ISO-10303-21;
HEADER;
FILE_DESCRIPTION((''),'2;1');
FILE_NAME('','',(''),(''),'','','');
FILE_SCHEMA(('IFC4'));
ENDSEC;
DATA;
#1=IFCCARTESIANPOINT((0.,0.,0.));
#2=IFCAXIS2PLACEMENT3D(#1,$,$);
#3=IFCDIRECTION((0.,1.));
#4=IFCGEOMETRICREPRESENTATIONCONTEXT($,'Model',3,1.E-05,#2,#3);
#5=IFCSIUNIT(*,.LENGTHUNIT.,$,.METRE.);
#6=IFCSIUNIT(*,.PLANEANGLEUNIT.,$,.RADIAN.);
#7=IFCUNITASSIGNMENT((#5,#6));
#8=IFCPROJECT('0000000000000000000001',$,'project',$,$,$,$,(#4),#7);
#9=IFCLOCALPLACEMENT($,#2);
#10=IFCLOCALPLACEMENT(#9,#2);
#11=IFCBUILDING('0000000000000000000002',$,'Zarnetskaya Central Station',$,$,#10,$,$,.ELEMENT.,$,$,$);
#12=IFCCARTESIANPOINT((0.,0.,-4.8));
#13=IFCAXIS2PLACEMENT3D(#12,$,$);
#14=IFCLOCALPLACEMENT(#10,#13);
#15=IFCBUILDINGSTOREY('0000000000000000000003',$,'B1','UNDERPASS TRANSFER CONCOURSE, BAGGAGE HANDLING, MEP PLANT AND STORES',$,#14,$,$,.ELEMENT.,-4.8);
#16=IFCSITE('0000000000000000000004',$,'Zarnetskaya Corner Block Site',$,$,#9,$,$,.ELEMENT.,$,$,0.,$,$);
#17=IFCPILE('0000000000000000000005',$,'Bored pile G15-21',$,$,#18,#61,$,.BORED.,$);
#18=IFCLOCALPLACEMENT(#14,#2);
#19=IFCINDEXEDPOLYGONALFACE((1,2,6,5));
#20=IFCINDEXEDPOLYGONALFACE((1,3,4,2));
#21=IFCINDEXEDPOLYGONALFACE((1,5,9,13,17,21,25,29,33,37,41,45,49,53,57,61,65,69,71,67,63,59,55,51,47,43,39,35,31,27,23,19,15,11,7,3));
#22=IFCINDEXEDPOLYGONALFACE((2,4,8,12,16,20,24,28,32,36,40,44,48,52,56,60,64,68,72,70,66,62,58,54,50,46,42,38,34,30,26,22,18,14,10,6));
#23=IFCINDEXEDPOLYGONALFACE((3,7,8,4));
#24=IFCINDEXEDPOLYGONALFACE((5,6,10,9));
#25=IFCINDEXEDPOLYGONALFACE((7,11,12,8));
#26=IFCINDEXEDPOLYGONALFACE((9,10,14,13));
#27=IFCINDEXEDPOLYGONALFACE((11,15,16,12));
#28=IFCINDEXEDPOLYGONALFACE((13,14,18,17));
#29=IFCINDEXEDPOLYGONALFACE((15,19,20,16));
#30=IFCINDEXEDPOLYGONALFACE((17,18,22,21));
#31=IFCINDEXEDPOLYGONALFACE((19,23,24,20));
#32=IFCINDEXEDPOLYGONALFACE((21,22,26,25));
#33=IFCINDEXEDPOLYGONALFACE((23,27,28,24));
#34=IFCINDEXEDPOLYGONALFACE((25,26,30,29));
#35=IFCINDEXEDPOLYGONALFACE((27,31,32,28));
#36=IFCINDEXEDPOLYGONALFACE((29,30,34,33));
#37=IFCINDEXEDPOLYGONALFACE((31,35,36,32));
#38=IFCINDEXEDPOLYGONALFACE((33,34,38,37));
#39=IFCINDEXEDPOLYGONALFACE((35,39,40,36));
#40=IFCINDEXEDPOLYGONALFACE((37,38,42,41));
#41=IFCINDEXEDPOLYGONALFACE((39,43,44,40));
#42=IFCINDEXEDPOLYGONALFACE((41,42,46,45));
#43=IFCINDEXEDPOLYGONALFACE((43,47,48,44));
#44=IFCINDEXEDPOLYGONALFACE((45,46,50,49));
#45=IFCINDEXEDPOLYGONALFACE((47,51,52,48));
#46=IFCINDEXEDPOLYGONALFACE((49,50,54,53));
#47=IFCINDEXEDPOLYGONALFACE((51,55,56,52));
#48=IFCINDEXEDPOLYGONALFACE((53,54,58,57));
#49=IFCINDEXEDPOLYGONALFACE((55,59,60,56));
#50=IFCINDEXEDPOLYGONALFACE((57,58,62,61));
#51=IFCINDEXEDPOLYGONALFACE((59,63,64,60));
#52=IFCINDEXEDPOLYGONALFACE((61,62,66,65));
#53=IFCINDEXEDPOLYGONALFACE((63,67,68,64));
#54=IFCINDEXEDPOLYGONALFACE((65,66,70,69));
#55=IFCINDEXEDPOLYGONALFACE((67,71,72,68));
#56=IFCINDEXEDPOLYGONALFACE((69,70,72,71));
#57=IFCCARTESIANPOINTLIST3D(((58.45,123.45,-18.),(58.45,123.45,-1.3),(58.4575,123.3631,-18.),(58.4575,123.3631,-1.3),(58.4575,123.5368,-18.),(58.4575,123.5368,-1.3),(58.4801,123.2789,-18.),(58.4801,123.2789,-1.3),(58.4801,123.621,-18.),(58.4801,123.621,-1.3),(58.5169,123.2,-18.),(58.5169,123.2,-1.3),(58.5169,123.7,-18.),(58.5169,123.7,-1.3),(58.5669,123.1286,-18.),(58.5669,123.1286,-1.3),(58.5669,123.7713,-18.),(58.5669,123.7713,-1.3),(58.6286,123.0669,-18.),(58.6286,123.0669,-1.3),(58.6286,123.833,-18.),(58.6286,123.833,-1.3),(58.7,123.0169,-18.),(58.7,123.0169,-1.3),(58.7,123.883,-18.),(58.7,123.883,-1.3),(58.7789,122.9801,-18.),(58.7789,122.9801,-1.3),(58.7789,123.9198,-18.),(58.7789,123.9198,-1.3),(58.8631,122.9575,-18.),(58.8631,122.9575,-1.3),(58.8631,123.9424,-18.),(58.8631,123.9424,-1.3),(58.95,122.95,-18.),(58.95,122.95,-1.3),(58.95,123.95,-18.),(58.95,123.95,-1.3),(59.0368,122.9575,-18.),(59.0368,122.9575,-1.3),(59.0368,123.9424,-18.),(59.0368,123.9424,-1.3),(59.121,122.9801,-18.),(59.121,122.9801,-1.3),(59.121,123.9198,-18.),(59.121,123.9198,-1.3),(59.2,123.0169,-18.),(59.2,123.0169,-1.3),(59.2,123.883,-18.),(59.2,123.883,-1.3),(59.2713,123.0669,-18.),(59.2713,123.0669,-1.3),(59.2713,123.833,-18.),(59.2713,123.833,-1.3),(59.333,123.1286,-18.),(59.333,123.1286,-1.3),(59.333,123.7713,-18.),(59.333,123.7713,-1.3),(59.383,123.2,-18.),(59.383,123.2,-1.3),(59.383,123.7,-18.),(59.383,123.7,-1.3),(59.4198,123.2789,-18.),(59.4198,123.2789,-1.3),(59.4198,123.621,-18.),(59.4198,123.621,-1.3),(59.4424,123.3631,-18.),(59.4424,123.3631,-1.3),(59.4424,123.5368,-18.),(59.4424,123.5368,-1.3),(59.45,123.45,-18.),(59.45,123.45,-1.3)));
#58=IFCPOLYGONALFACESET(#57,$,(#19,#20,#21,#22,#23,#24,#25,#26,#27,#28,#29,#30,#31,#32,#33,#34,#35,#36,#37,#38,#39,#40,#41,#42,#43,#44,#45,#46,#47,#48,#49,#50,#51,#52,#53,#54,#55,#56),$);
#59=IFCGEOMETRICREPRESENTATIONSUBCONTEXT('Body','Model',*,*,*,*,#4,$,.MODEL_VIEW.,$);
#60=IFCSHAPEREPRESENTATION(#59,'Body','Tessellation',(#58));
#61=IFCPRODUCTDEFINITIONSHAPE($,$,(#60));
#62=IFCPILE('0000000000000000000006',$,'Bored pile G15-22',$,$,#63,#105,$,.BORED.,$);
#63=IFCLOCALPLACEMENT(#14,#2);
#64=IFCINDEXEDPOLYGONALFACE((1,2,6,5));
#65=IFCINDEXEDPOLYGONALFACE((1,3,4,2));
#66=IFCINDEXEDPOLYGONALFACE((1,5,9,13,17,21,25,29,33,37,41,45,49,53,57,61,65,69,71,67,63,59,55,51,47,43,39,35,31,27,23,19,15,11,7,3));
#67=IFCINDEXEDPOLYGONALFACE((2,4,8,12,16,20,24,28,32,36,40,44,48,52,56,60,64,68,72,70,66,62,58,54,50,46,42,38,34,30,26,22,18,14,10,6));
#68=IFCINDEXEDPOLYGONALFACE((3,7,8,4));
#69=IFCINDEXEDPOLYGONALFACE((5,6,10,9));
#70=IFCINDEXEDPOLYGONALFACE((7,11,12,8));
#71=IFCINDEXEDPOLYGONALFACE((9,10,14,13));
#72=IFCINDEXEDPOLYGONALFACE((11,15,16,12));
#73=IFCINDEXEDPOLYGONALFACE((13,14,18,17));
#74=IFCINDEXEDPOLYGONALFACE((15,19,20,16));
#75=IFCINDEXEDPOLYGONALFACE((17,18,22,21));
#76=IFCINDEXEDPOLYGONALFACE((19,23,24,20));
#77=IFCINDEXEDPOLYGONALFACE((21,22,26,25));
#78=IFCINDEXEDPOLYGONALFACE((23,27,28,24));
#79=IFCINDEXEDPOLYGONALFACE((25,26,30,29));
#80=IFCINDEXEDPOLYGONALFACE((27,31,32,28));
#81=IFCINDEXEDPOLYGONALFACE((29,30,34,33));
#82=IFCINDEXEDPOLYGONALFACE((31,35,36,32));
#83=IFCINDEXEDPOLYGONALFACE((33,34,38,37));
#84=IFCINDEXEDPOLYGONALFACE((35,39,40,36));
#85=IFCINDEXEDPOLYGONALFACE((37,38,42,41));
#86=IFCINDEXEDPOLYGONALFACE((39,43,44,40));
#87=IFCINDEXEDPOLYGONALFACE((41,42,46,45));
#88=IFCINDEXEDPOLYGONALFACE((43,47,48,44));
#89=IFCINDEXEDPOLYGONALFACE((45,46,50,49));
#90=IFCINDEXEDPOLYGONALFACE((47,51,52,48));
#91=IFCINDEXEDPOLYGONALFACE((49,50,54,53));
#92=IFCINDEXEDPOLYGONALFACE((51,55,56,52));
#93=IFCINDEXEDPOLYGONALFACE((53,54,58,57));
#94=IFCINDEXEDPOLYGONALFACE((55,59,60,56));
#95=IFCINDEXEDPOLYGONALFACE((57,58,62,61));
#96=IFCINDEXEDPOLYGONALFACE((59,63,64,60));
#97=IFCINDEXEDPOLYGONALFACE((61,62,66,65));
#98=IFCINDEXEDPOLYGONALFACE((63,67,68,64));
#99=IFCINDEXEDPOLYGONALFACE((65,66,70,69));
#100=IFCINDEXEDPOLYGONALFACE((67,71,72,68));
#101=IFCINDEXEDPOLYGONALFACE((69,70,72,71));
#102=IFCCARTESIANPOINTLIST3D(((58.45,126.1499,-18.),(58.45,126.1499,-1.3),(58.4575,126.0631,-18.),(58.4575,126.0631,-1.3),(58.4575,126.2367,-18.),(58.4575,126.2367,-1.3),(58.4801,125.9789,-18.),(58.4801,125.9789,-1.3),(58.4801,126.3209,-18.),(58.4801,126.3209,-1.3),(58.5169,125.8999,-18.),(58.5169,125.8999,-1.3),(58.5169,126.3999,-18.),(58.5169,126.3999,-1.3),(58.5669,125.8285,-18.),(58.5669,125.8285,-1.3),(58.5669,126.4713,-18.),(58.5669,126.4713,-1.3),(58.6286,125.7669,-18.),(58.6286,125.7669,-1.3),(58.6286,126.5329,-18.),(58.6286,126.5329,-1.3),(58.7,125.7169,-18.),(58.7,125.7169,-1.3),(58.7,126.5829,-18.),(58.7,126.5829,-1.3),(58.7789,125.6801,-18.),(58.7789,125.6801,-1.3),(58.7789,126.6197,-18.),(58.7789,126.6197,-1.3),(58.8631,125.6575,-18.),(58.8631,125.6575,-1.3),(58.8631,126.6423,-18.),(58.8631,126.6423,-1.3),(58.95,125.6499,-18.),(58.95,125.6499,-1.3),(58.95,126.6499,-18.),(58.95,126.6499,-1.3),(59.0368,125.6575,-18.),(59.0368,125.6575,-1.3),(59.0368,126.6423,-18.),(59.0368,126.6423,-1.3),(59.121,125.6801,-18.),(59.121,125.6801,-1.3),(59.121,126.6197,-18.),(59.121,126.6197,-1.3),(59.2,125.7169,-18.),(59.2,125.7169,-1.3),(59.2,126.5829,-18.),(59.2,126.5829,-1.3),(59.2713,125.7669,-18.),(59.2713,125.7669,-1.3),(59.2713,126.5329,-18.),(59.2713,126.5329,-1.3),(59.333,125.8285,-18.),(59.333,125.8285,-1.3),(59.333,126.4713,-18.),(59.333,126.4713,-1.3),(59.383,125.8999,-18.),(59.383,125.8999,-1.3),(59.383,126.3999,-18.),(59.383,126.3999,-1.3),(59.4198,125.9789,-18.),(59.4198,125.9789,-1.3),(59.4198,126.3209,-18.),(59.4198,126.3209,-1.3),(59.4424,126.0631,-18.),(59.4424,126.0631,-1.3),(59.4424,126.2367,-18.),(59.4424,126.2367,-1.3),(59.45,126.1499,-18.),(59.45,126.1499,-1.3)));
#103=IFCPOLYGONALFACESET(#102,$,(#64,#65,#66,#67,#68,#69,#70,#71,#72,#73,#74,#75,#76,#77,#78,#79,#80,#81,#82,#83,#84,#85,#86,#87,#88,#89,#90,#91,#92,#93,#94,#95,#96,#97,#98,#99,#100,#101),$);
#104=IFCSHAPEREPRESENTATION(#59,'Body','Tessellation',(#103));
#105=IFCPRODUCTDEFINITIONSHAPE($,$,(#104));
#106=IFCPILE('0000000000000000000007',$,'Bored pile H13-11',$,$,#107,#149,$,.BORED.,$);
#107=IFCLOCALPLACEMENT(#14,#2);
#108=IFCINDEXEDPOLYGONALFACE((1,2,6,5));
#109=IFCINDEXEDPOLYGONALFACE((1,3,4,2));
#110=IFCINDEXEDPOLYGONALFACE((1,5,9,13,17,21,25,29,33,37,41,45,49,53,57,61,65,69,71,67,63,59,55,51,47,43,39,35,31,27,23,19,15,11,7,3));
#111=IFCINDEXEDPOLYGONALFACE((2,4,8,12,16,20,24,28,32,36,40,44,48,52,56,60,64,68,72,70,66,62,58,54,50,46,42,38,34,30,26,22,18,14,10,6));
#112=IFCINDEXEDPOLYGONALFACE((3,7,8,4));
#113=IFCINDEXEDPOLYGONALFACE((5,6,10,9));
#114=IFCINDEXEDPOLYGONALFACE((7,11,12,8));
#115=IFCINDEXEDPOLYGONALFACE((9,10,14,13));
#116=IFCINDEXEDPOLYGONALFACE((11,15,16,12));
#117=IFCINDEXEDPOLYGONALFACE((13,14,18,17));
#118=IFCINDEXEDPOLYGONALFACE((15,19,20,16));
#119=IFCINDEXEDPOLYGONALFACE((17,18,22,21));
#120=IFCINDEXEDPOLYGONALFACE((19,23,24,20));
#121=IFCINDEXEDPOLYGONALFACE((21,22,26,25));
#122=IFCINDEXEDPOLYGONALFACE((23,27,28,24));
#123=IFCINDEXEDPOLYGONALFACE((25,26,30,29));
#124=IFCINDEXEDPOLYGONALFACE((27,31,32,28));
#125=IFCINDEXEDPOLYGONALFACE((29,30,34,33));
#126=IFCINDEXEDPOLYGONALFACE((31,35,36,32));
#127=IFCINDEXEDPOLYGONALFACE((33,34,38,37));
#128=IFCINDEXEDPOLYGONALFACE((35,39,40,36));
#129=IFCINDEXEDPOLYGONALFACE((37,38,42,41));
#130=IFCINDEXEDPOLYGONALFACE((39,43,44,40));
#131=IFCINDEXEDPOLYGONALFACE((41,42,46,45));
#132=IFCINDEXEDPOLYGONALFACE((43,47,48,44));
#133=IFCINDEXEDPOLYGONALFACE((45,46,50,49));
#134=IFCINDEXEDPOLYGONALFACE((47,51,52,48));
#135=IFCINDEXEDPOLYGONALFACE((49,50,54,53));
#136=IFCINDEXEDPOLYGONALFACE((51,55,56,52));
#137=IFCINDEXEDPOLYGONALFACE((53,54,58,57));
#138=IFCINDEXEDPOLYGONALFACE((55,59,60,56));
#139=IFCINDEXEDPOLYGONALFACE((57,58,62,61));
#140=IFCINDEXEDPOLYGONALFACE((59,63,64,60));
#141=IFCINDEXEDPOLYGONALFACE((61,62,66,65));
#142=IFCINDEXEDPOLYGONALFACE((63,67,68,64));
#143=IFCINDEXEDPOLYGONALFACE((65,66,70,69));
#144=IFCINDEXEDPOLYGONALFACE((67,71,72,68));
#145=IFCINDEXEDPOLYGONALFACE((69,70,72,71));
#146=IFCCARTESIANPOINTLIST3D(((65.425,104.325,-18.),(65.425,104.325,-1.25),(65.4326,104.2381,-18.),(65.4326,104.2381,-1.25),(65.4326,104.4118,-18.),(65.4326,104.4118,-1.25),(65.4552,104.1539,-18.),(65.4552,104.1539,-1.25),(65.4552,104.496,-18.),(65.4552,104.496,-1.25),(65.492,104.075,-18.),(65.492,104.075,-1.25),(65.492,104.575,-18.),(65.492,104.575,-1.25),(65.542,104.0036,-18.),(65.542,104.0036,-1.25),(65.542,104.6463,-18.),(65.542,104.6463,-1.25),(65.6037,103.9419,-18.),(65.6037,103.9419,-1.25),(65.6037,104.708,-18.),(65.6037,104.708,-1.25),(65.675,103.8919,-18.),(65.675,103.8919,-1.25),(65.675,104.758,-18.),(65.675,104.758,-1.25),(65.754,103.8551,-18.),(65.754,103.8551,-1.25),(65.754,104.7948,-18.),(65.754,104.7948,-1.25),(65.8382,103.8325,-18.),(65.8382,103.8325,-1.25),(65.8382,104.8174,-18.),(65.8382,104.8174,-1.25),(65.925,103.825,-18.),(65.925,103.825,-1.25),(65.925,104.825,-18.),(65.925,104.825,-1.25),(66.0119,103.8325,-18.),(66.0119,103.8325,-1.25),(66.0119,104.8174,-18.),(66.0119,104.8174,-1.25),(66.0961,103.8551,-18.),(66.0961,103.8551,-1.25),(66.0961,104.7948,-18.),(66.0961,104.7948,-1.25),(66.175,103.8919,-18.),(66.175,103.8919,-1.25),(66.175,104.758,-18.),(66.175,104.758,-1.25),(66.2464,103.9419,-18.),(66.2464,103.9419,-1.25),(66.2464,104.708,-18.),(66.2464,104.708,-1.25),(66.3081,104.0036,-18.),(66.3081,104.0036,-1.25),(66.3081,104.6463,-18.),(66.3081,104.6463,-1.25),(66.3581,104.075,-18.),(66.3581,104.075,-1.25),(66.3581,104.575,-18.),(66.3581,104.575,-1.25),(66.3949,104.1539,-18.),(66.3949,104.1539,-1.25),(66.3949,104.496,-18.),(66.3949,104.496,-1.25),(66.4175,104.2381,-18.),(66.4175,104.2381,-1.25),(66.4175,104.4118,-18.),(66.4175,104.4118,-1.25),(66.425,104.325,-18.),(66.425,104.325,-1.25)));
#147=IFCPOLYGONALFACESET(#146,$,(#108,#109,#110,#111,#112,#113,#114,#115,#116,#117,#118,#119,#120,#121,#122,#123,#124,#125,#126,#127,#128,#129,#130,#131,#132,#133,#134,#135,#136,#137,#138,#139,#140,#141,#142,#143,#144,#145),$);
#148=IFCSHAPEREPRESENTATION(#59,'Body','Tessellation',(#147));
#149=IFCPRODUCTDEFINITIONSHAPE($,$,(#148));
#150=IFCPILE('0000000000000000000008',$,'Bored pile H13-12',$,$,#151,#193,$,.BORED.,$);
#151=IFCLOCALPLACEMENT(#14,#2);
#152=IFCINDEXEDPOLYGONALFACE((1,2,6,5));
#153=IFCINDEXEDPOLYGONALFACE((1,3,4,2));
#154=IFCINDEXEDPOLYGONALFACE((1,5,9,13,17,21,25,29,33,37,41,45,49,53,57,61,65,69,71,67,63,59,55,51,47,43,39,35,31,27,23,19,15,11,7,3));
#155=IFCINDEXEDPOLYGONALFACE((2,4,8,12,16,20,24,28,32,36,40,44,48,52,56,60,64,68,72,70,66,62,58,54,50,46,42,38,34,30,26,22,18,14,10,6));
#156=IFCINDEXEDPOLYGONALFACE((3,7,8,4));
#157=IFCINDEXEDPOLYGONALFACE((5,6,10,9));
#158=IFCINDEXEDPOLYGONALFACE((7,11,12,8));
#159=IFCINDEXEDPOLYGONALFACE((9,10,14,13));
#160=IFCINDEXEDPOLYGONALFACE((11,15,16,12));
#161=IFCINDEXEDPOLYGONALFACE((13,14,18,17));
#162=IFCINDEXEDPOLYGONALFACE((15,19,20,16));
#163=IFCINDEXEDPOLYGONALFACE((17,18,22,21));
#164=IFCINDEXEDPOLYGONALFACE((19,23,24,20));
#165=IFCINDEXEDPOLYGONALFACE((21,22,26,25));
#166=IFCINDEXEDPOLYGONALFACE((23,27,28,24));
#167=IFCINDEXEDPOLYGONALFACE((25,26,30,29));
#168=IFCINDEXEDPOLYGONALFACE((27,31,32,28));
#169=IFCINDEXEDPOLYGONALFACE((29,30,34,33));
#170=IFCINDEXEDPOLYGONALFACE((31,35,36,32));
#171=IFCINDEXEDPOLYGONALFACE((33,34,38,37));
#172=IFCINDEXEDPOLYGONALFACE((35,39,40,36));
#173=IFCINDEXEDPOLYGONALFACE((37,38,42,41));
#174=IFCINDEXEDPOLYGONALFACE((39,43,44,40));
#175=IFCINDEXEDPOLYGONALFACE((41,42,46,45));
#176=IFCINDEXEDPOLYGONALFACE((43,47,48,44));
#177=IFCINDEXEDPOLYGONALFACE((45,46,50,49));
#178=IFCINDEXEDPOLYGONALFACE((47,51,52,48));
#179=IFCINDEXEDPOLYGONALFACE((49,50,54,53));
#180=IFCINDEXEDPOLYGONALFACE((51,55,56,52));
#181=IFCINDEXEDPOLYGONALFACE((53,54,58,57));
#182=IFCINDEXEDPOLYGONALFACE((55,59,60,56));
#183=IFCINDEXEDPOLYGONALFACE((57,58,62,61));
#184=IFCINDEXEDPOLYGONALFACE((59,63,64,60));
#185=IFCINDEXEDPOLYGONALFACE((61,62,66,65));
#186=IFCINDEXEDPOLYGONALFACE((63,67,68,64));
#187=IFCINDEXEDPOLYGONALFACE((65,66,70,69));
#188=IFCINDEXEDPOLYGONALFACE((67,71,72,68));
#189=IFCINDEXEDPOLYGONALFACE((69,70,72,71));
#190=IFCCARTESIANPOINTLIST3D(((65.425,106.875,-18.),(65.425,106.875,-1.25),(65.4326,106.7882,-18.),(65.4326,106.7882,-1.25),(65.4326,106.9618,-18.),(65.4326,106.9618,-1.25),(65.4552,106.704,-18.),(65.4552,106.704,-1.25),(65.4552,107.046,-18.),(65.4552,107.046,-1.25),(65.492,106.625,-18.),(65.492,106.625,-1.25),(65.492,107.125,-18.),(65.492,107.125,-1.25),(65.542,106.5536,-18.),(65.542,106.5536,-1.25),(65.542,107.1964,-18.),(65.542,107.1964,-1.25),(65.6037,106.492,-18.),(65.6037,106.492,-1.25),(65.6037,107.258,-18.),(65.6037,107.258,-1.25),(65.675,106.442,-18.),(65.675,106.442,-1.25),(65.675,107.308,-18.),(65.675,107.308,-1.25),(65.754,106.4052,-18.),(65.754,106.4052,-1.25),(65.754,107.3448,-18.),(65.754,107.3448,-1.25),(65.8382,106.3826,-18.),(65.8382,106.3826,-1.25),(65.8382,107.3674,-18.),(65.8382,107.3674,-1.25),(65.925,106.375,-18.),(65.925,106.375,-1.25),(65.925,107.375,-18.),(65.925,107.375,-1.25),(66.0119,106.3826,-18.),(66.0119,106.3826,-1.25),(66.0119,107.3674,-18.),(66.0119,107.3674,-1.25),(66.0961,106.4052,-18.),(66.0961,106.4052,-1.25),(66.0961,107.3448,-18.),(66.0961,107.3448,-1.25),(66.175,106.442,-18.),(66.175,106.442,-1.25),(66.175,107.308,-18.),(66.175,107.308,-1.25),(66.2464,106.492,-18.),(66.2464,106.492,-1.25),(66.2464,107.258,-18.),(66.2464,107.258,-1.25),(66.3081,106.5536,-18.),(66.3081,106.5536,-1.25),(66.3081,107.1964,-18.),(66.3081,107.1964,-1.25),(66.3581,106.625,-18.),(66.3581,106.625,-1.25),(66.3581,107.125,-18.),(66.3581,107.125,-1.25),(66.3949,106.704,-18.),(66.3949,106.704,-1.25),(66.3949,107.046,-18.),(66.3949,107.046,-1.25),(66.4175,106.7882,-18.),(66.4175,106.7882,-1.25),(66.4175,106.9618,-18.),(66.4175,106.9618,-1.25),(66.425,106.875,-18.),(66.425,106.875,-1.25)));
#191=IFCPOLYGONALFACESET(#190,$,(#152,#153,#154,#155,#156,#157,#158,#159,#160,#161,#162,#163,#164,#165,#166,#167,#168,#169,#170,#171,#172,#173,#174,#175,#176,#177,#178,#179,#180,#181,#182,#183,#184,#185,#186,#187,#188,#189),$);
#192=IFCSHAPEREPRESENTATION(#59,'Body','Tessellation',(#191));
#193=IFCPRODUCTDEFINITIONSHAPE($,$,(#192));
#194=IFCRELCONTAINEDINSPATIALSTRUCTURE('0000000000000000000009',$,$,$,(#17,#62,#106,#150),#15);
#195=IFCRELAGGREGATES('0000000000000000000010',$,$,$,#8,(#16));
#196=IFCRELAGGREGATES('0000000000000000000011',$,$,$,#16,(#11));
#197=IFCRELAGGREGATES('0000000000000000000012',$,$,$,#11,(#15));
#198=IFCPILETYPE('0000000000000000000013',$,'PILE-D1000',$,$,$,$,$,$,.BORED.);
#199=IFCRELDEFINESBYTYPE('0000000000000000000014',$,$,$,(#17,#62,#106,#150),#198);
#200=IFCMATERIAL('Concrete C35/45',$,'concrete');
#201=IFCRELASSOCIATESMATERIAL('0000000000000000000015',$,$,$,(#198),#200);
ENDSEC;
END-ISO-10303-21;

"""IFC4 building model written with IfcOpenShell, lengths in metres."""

from ifc_helpers import new_model, si_unit, direction, frame, origin, origin_2d, place, context, subcontext, project, spatial, circle, extrude, material, material_profile, profile_set, type_object, element, save


model = new_model("IFC4")

# Units and contexts
model_context = context("Model", 3, precision=1e-05, world=origin(), true_north=direction((0.0, 1.0)))
body_context = subcontext(model_context, "Body", "Model", "MODEL_VIEW")
ifc_project = project(units=[si_unit("LENGTHUNIT", "METRE"), si_unit("PLANEANGLEUNIT", "RADIAN")], contexts=[model_context])

# Site, building, storey
site_placement = place(None, origin())
site = spatial("IfcSite", under=ifc_project, at=site_placement, Name="Zarnetskaya Corner Block Site", CompositionType="ELEMENT", RefElevation=0.0)
building_placement = place(site_placement, origin())
building = spatial("IfcBuilding", under=site, at=building_placement, Name="Zarnetskaya Central Station", CompositionType="ELEMENT")
storey_placement = place(building_placement, frame((0.0, 0.0, -4.8)))
storey = spatial("IfcBuildingStorey", under=building, at=storey_placement, Name="B1", Description="UNDERPASS TRANSFER CONCOURSE, BAGGAGE HANDLING, MEP PLANT AND STORES", CompositionType="ELEMENT", Elevation=-4.8)

# Shared definitions
ifc_material = material(Name="Concrete C35/45", Category="concrete")

# Piles
ifc_material_profile_1 = material_profile(ifc_material, circle(Radius=0.5, at=origin_2d()), Name="BORED PILE D1000")
ifc_profile_set_1 = profile_set([ifc_material_profile_1], Name="Concrete C35/45")
pile_type_1 = type_object("IfcPileType", Name="PILE-D1000", PredefinedType="BORED", material=ifc_profile_set_1)
for number, where, z_axis, x_axis, name in (
    (1, (58.95, 123.45, -1.3), (0.0, 0.0, -1.0), (1.0, 0.0, 0.0), "Bored pile G15-21"),
    (2, (58.95, 126.1499, -1.3), (0.0, 0.0, -1.0), (1.0, 0.0, 0.0), "Bored pile G15-22"),
):
    element("IfcPile", number, at=place(storey_placement, frame(where, z_axis=z_axis, x_axis=x_axis)), inside=storey, type_object=pile_type_1, Name=name, PredefinedType="BORED", context=body_context, shape_type="SweptSolid", body=[
        extrude(circle(Radius=0.5, at=origin_2d()), origin(), (0.0, 0.0, 1.0), 16.7),
    ])
for number, where, z_axis, x_axis, name in (
    (3, (65.925, 104.325, -1.25), (0.0, 0.0, -1.0), (1.0, 0.0, 0.0), "Bored pile H13-11"),
    (4, (65.925, 106.875, -1.25), (0.0, 0.0, -1.0), (1.0, 0.0, 0.0), "Bored pile H13-12"),
):
    element("IfcPile", number, at=place(storey_placement, frame(where, z_axis=z_axis, x_axis=x_axis)), inside=storey, type_object=pile_type_1, Name=name, PredefinedType="BORED", context=body_context, shape_type="SweptSolid", body=[
        extrude(circle(Radius=0.5, at=origin_2d()), origin(), (0.0, 0.0, 1.0), 16.75),
    ])

save(model, "model.ifc")
